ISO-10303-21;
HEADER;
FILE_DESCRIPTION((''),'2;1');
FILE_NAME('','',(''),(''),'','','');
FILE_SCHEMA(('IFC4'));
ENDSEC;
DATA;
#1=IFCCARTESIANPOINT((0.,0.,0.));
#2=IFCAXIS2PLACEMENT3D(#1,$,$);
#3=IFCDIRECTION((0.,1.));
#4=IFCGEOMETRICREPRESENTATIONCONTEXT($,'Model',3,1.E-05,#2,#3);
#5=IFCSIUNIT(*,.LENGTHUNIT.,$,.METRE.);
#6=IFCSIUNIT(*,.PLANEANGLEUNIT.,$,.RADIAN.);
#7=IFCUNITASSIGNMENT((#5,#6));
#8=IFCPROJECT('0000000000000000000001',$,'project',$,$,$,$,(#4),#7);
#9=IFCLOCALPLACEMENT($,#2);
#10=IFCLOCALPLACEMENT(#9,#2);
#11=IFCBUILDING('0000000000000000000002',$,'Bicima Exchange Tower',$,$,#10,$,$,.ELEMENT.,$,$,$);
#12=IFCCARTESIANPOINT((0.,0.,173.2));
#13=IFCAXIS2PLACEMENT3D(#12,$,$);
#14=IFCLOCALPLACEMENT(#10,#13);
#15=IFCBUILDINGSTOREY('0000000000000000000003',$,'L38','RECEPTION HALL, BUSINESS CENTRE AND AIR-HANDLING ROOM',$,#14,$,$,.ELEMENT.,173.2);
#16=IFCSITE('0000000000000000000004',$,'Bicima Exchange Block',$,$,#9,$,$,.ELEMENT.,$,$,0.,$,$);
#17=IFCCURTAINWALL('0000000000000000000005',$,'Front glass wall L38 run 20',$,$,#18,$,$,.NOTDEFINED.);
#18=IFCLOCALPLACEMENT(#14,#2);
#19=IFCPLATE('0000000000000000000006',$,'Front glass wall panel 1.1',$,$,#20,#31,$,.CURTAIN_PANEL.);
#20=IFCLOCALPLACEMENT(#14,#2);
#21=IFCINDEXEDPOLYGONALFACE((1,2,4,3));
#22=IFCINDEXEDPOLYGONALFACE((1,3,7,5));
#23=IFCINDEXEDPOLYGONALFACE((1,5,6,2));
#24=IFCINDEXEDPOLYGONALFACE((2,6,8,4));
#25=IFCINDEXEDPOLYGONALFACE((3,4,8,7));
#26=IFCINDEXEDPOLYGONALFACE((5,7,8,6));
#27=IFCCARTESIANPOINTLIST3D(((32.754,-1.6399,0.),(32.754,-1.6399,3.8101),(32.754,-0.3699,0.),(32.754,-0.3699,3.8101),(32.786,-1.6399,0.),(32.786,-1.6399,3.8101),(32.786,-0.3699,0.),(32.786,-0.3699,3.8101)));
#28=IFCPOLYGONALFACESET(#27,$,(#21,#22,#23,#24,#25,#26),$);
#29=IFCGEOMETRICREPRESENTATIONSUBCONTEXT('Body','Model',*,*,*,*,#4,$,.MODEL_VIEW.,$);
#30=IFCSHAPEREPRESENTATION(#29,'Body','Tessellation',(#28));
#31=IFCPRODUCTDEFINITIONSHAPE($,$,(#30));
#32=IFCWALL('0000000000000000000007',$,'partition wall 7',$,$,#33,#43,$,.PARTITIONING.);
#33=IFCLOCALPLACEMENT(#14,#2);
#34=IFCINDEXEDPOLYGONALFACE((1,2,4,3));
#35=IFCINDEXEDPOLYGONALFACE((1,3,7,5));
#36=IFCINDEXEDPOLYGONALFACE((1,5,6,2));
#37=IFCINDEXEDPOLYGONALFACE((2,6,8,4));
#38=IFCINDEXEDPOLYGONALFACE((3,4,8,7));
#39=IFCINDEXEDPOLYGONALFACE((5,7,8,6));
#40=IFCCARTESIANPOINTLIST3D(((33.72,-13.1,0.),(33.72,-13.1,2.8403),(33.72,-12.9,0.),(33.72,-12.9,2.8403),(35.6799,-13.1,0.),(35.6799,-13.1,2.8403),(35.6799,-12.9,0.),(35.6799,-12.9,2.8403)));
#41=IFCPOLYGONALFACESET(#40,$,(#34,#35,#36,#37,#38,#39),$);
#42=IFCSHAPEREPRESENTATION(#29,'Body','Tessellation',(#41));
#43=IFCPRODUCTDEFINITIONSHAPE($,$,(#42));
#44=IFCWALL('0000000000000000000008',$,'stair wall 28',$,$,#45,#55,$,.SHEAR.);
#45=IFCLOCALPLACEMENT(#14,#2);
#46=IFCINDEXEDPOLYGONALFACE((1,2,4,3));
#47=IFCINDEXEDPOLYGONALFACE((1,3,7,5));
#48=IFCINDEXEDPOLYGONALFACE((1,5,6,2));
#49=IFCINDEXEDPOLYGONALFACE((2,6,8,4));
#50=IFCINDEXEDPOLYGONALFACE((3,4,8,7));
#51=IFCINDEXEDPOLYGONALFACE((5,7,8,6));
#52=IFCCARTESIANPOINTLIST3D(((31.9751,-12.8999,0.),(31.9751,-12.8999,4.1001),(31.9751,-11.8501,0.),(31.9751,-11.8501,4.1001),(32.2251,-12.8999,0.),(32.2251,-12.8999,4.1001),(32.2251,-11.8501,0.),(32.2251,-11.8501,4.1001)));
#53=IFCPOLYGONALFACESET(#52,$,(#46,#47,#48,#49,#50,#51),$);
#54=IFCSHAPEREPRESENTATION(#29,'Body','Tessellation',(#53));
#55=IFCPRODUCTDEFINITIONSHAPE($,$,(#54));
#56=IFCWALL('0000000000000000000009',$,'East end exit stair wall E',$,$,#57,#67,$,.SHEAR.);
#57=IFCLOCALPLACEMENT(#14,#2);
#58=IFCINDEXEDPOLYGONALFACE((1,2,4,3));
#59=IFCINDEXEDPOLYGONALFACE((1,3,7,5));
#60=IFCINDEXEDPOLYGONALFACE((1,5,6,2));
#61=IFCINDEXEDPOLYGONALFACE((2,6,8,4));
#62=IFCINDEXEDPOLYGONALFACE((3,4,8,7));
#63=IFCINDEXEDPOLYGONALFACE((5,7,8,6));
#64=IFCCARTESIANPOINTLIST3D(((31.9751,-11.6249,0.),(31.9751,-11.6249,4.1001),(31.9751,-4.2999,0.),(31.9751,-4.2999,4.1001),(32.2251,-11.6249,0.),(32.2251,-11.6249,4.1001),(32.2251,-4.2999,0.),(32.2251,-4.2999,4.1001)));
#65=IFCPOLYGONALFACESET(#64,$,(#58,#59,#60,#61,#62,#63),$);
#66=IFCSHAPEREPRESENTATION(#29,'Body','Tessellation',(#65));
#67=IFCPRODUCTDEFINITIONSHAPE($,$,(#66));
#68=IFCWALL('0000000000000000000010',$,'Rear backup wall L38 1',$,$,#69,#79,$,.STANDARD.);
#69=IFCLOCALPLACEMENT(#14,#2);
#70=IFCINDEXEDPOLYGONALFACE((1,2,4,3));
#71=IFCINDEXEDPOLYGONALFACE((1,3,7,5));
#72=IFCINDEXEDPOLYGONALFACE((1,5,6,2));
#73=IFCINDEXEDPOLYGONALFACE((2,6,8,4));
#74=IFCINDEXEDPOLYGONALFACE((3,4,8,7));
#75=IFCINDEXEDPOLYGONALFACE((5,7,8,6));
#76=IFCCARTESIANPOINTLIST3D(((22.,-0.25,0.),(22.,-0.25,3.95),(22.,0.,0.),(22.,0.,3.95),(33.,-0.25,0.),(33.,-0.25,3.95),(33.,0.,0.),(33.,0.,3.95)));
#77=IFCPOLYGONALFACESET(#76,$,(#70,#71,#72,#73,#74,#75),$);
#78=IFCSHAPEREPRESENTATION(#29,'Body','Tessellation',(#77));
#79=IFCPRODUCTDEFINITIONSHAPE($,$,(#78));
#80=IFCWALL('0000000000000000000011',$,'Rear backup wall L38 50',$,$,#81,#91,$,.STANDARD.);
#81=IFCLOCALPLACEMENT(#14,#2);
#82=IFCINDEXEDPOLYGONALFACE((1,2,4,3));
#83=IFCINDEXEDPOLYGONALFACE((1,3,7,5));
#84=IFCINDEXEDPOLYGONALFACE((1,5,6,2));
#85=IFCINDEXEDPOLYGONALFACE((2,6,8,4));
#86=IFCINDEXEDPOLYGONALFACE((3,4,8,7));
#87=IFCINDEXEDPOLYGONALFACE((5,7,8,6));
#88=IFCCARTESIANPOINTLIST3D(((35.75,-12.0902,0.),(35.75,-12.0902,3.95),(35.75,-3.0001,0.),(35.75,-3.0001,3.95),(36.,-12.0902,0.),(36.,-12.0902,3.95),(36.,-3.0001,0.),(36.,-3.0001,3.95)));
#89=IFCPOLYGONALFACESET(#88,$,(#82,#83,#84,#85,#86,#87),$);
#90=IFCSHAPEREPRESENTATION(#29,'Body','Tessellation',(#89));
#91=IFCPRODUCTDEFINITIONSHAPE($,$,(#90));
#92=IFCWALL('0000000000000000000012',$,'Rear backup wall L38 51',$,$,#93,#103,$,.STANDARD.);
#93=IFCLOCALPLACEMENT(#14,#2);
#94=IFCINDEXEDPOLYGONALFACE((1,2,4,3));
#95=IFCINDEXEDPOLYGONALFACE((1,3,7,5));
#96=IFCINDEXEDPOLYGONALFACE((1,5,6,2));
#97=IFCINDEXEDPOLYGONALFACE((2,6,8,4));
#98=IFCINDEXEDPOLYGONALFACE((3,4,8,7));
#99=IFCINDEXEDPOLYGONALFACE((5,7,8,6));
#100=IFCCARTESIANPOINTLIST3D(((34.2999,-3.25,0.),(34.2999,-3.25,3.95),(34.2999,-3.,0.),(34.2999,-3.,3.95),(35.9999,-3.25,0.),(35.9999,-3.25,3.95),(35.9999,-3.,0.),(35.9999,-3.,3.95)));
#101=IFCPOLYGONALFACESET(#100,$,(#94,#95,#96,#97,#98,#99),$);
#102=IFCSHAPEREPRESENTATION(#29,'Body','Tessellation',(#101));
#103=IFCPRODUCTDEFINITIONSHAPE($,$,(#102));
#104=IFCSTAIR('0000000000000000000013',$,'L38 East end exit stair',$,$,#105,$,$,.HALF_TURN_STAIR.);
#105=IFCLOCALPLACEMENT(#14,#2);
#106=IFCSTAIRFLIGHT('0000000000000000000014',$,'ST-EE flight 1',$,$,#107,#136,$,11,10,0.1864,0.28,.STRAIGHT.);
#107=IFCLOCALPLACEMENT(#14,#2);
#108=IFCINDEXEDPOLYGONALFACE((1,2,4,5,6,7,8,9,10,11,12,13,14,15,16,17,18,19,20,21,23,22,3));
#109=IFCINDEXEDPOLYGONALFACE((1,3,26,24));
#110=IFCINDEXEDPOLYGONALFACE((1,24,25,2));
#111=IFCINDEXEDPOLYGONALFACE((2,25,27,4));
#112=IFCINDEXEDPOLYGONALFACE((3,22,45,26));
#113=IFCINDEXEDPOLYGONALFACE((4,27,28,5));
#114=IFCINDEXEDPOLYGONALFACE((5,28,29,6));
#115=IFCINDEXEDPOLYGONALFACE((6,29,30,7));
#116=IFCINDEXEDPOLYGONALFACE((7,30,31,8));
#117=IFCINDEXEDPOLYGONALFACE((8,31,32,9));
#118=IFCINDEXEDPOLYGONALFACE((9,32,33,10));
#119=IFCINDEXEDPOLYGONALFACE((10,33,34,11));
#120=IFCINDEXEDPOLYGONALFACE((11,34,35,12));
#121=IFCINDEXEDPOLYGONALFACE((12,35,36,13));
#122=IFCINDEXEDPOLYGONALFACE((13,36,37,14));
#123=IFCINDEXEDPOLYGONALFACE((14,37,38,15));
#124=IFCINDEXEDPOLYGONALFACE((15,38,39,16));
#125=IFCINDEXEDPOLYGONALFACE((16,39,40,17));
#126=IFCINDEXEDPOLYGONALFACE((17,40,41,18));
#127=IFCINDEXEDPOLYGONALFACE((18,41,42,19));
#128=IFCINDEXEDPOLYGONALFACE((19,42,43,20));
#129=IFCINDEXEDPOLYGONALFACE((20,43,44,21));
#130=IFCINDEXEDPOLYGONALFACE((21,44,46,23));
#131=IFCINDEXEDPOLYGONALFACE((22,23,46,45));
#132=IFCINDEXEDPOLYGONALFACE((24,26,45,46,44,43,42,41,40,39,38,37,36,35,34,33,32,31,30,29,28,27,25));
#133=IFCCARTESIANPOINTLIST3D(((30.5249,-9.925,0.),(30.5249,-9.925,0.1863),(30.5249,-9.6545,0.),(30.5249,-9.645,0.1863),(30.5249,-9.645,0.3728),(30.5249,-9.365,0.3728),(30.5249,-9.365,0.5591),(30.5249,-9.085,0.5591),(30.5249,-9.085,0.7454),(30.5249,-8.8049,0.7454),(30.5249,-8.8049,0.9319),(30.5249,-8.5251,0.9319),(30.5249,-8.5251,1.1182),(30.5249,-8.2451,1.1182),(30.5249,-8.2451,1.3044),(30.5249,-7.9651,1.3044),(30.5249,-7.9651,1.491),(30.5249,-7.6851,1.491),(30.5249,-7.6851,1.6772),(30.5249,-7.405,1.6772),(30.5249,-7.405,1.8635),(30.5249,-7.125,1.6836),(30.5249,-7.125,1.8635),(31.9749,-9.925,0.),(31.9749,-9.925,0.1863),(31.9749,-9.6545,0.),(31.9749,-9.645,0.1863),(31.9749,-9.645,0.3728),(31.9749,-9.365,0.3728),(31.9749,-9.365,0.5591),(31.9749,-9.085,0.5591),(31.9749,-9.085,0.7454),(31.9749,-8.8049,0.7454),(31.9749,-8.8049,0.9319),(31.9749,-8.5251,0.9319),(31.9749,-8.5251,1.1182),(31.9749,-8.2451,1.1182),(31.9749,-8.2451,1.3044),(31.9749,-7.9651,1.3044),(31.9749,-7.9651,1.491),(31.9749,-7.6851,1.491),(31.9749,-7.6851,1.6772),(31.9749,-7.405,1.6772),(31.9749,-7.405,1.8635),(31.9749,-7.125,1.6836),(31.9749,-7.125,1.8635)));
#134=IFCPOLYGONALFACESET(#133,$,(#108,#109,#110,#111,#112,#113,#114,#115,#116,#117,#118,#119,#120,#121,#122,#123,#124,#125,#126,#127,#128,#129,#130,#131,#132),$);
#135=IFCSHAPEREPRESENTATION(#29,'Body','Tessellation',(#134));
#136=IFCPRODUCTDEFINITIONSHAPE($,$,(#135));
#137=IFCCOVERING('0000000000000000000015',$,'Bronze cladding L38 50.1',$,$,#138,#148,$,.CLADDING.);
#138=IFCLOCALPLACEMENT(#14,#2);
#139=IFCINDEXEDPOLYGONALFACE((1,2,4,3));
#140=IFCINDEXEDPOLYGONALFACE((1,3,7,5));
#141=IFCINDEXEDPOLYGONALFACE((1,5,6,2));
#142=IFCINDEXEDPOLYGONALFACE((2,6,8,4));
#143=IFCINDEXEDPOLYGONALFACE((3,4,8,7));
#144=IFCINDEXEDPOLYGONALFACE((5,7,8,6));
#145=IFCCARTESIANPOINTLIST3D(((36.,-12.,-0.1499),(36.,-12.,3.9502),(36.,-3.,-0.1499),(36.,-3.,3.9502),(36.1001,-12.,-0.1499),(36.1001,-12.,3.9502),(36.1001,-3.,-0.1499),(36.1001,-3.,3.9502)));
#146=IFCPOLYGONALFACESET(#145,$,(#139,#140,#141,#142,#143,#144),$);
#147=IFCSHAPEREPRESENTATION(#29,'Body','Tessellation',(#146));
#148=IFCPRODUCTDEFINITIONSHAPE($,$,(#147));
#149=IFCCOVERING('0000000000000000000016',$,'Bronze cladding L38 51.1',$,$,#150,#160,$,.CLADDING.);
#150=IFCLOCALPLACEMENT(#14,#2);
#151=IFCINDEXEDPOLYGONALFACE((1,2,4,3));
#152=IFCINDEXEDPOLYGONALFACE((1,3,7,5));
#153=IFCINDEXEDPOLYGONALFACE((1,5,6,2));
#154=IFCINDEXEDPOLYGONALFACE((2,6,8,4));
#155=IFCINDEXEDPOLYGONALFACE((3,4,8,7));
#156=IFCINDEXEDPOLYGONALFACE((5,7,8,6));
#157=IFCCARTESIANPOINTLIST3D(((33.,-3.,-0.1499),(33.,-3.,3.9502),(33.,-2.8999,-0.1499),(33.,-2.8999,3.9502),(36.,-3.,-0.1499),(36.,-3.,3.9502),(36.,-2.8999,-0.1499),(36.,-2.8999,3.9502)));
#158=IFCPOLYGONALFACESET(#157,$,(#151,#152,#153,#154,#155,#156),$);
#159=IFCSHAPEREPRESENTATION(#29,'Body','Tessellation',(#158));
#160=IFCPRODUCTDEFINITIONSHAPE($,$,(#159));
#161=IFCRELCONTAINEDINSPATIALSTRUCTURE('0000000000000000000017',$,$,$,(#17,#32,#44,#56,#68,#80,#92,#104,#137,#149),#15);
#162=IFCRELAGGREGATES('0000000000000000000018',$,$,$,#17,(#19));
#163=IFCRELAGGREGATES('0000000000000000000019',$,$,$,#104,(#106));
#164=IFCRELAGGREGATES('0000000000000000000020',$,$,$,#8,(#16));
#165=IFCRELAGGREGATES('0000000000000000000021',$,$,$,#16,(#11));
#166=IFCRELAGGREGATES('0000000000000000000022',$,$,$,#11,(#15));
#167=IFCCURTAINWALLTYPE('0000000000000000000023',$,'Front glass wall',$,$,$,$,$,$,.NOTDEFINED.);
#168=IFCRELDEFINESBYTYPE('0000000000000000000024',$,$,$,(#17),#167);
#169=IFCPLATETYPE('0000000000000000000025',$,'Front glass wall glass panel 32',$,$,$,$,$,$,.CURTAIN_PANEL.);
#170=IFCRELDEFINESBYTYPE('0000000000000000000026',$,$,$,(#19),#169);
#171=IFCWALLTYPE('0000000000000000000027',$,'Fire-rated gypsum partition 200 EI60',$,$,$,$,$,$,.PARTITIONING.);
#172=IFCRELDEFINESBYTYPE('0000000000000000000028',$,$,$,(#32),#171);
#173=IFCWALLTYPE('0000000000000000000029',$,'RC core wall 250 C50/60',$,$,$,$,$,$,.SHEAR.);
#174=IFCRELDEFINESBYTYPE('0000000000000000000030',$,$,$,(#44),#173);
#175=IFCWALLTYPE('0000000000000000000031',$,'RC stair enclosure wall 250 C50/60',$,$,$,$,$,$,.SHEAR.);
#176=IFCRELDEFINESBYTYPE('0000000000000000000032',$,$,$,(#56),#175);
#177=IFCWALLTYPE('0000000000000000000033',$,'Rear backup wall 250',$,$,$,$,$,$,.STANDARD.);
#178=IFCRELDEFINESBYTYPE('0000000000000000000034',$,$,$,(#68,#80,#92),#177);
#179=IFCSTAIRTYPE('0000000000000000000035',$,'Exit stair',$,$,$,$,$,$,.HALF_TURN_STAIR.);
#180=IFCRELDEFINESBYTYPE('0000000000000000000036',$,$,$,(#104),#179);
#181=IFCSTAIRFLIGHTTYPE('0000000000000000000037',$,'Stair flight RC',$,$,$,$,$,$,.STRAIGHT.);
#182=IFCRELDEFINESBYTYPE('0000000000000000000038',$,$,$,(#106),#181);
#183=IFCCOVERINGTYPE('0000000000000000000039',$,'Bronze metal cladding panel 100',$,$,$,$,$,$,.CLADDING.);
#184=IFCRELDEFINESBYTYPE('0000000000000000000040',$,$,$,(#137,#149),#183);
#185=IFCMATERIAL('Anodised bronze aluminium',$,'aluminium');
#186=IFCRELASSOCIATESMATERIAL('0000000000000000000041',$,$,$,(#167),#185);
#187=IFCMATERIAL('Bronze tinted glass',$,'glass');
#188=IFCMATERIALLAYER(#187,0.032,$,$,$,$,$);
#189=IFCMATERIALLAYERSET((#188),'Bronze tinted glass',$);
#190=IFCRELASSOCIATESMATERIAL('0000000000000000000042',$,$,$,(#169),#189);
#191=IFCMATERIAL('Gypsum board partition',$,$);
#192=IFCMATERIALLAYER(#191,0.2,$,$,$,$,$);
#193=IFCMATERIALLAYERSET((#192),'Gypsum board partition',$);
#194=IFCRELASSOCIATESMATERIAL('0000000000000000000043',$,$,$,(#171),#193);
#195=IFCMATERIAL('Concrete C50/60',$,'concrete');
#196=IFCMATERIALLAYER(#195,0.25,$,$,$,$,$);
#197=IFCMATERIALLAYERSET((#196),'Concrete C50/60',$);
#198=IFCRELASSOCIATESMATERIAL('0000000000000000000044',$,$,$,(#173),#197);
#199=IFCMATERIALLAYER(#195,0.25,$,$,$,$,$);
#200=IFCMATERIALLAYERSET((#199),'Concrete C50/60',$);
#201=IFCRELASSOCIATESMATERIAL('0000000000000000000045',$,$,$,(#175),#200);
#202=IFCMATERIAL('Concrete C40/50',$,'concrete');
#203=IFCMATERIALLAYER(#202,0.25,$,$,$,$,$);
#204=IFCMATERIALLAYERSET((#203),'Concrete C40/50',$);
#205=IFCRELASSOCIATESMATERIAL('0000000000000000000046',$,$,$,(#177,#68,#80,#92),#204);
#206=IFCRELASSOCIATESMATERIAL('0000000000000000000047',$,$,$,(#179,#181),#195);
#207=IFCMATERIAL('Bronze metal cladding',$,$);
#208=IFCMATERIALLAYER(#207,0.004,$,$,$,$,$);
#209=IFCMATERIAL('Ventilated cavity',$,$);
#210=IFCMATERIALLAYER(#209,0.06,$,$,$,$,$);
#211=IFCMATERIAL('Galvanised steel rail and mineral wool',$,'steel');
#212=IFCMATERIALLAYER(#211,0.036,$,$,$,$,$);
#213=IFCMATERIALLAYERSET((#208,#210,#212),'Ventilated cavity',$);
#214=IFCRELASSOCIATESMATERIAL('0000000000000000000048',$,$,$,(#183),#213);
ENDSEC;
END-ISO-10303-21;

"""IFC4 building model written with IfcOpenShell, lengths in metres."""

from ifc_helpers import new_model, si_unit, direction, frame, frame_2d, origin, origin_2d, place, context, subcontext, project, spatial, polyline, rectangle, outline, extrude, material, layer, layer_set, layer_usage, type_object, element, aggregate, save


model = new_model("IFC4")

# Units and contexts
model_context = context("Model", 3, precision=1e-05, world=origin(), true_north=direction((0.0, 1.0)))
body_context = subcontext(model_context, "Body", "Model", "MODEL_VIEW")
ifc_project = project(units=[si_unit("LENGTHUNIT", "METRE"), si_unit("PLANEANGLEUNIT", "RADIAN")], contexts=[model_context])

# Site, building, storey
site_placement = place(None, origin())
site = spatial("IfcSite", under=ifc_project, at=site_placement, Name="Bicima Exchange Block", CompositionType="ELEMENT", RefElevation=0.0)
building_placement = place(site_placement, origin())
building = spatial("IfcBuilding", under=site, at=building_placement, Name="Bicima Exchange Tower", CompositionType="ELEMENT")
storey_placement = place(building_placement, frame((0.0, 0.0, 173.2)))
storey = spatial("IfcBuildingStorey", under=building, at=storey_placement, Name="L38", Description="RECEPTION HALL, BUSINESS CENTRE AND AIR-HANDLING ROOM", CompositionType="ELEMENT", Elevation=173.2)

# Shared definitions
ifc_material_1 = material(Name="Anodised bronze aluminium", Category="aluminium")

# Curtain wall
curtain_wall_type_1 = type_object("IfcCurtainWallType", Name="Front glass wall", PredefinedType="NOTDEFINED", material=ifc_material_1)
curtain_wall_1_placement = place(storey_placement, origin())
curtain_wall_1 = element("IfcCurtainWall", 1, at=curtain_wall_1_placement, inside=storey, type_object=curtain_wall_type_1, Name="Front glass wall L38 run 20", PredefinedType="NOTDEFINED")

# Plate
ifc_material_2 = material(Name="Bronze tinted glass", Category="glass")
ifc_layer_1 = layer(ifc_material_2, 0.032)
ifc_layer_set_1 = layer_set([ifc_layer_1], Name="Bronze tinted glass")
plate_type = type_object("IfcPlateType", Name="Front glass wall glass panel 32", PredefinedType="CURTAIN_PANEL", material=ifc_layer_set_1)
plate_placement = place(storey_placement, frame((32.77, -1.0049, 0.0), z_axis=(0.0, 0.0, 1.0), x_axis=(0.0, 1.0, 0.0)))
plate = element("IfcPlate", 2, at=plate_placement, type_object=plate_type, Name="Front glass wall panel 1.1", PredefinedType="CURTAIN_PANEL", context=body_context, shape_type="SweptSolid", body=[
    extrude(rectangle(XDim=1.27, YDim=0.032, at=origin_2d()), origin(), (0.0, 0.0, 1.0), 3.8101),
])
aggregate(curtain_wall_1, [plate])

# Walls
ifc_material_3 = material(Name="Gypsum board partition")
ifc_layer_2 = layer(ifc_material_3, 0.2)
ifc_layer_set_2 = layer_set([ifc_layer_2], Name="Gypsum board partition")
wall_type_1 = type_object("IfcWallType", Name="Fire-rated gypsum partition 200 EI60", PredefinedType="PARTITIONING", material=ifc_layer_set_2)
wall_1_placement = place(storey_placement, frame((33.72, -13.0, 0.0), z_axis=(0.0, 0.0, 1.0), x_axis=(1.0, 0.0, 0.0)))
element("IfcWall", 3, at=wall_1_placement, inside=storey, type_object=wall_type_1, Name="partition wall 7", PredefinedType="PARTITIONING", context=body_context, shape_type="SweptSolid", body=[
    extrude(rectangle(XDim=1.96, YDim=0.2, at=frame_2d((0.98, 0.0))), origin(), (0.0, 0.0, 1.0), 2.8403),
])
ifc_material_4 = material(Name="Concrete C50/60", Category="concrete")
ifc_layer_3 = layer(ifc_material_4, 0.25)
ifc_layer_set_3 = layer_set([ifc_layer_3], Name="Concrete C50/60")
wall_type_2 = type_object("IfcWallType", Name="RC core wall 250 C50/60", PredefinedType="SHEAR", material=ifc_layer_set_3)
wall_2_placement = place(storey_placement, frame((32.1001, -12.8999, 0.0), z_axis=(0.0, 0.0, 1.0), x_axis=(0.0, 1.0, 0.0)))
element("IfcWall", 4, at=wall_2_placement, inside=storey, type_object=wall_type_2, Name="stair wall 28", PredefinedType="SHEAR", context=body_context, shape_type="SweptSolid", body=[
    extrude(rectangle(XDim=1.0498, YDim=0.25, at=frame_2d((0.5249, 0.0))), origin(), (0.0, 0.0, 1.0), 4.1001),
])
ifc_layer_4 = layer(ifc_material_4, 0.25)
ifc_layer_set_4 = layer_set([ifc_layer_4], Name="Concrete C50/60")
wall_type_3 = type_object("IfcWallType", Name="RC stair enclosure wall 250 C50/60", PredefinedType="SHEAR", material=ifc_layer_set_4)
wall_3_placement = place(storey_placement, frame((32.1001, -11.625, 0.0), z_axis=(0.0, 0.0, 1.0), x_axis=(0.0, 1.0, 0.0)))
element("IfcWall", 5, at=wall_3_placement, inside=storey, type_object=wall_type_3, Name="East end exit stair wall E", PredefinedType="SHEAR", context=body_context, shape_type="SweptSolid", body=[
    extrude(rectangle(XDim=7.325, YDim=0.25, at=frame_2d((3.6626, 0.0))), origin(), (0.0, 0.0, 1.0), 4.1001),
])
ifc_material_5 = material(Name="Concrete C40/50", Category="concrete")
ifc_layer_5 = layer(ifc_material_5, 0.25)
ifc_layer_set_5 = layer_set([ifc_layer_5], Name="Concrete C40/50")
ifc_layer_usage = layer_usage(ifc_layer_set_5, "AXIS2", "POSITIVE", -0.125)
wall_type_4 = type_object("IfcWallType", Name="Rear backup wall 250", PredefinedType="STANDARD", material=ifc_layer_set_5)
wall_4_placement = place(storey_placement, frame((33.0, -0.125, 0.0), z_axis=(0.0, 0.0, 1.0), x_axis=(-1.0, 0.0, 0.0)))
element("IfcWall", 6, at=wall_4_placement, inside=storey, type_object=wall_type_4, material=ifc_layer_usage, Name="Rear backup wall L38 1", PredefinedType="STANDARD", context=body_context, shape_type="SweptSolid", body=[
    extrude(rectangle(XDim=11.0, YDim=0.25, at=frame_2d((5.5, 0.0))), origin(), (0.0, 0.0, 1.0), 3.95),
])
wall_5_placement = place(storey_placement, frame((35.875, -12.0901, 0.0), z_axis=(0.0, 0.0, 1.0), x_axis=(0.0, 1.0, 0.0)))
element("IfcWall", 7, at=wall_5_placement, inside=storey, type_object=wall_type_4, material=ifc_layer_usage, Name="Rear backup wall L38 50", PredefinedType="STANDARD", context=body_context, shape_type="SweptSolid", body=[
    extrude(rectangle(XDim=9.0901, YDim=0.25, at=frame_2d((4.5449, 0.0))), origin(), (0.0, 0.0, 1.0), 3.95),
])
wall_6_placement = place(storey_placement, frame((36.0, -3.125, 0.0), z_axis=(0.0, 0.0, 1.0), x_axis=(-1.0, 0.0, 0.0)))
element("IfcWall", 8, at=wall_6_placement, inside=storey, type_object=wall_type_4, material=ifc_layer_usage, Name="Rear backup wall L38 51", PredefinedType="STANDARD", context=body_context, shape_type="SweptSolid", body=[
    extrude(rectangle(XDim=1.7, YDim=0.25, at=frame_2d((0.8501, 0.0))), origin(), (0.0, 0.0, 1.0), 3.95),
])

# Stair, stair flight
stair_type = type_object("IfcStairType", Name="Exit stair", PredefinedType="HALF_TURN_STAIR", material=ifc_material_4)
stair_placement = place(storey_placement, origin())
stair = element("IfcStair", 9, at=stair_placement, inside=storey, type_object=stair_type, Name="L38 East end exit stair", PredefinedType="HALF_TURN_STAIR")
stair_flight_type = type_object("IfcStairFlightType", Name="Stair flight RC", PredefinedType="STRAIGHT", material=ifc_material_4)
stair_flight_placement = place(storey_placement, frame((31.25, -9.925, 0.0), z_axis=(0.0, 0.0, 1.0), x_axis=(0.0, 1.0, 0.0)))
stair_flight = element("IfcStairFlight", 10, at=stair_flight_placement, type_object=stair_flight_type, Name="ST-EE flight 1", NumberOfRisers=11, NumberOfTreads=10, PredefinedType="STRAIGHT", RiserHeight=0.1864, TreadLength=0.28, context=body_context, shape_type="SweptSolid", body=[
    extrude(outline(polyline([(0.0, 0.0), (0.0, 0.1863), (0.28, 0.1863), (0.28, 0.3728), (0.5601, 0.3728), (0.5601, 0.5591), (0.8401, 0.5591), (0.8401, 0.7454), (1.1201, 0.7454), (1.1201, 0.9319), (1.3999, 0.9319), (1.3999, 1.1182), (1.6799, 1.1182), (1.6799, 1.3044), (1.96, 1.3044), (1.96, 1.491), (2.24, 1.491), (2.24, 1.6772), (2.52, 1.6772), (2.52, 1.8635), (2.8, 1.8635), (2.8, 2.05), (2.8, 1.6836), (0.2705, 0.0), (0.0, 0.0)])), frame((0.0, 0.7251, 0.0), z_axis=(0.0, -1.0, 0.0), x_axis=(1.0, 0.0, 0.0)), (0.0, 0.0, 1.0), 1.45),
])
aggregate(stair, [stair_flight])

# Coverings
ifc_material_6 = material(Name="Bronze metal cladding")
ifc_layer_6 = layer(ifc_material_6, 0.004)
ifc_material_7 = material(Name="Ventilated cavity")
ifc_layer_7 = layer(ifc_material_7, 0.06)
ifc_material_8 = material(Name="Galvanised steel rail and mineral wool", Category="steel")
ifc_layer_8 = layer(ifc_material_8, 0.036)
ifc_layer_set_6 = layer_set([ifc_layer_6, ifc_layer_7, ifc_layer_8], Name="Ventilated cavity")
covering_type = type_object("IfcCoveringType", Name="Bronze metal cladding panel 100", PredefinedType="CLADDING", material=ifc_layer_set_6)
covering_1_placement = place(storey_placement, frame((36.05, -7.5, -0.1499), z_axis=(0.0, 0.0, 1.0), x_axis=(0.0, 1.0, 0.0)))
element("IfcCovering", 11, at=covering_1_placement, inside=storey, type_object=covering_type, Name="Bronze cladding L38 50.1", PredefinedType="CLADDING", context=body_context, shape_type="SweptSolid", body=[
    extrude(rectangle(XDim=9.0, YDim=0.1001, at=origin_2d()), origin(), (0.0, 0.0, 1.0), 4.1001),
])
covering_2_placement = place(storey_placement, frame((34.5, -2.95, -0.1499), z_axis=(0.0, 0.0, 1.0), x_axis=(-1.0, 0.0, 0.0)))
element("IfcCovering", 12, at=covering_2_placement, inside=storey, type_object=covering_type, Name="Bronze cladding L38 51.1", PredefinedType="CLADDING", context=body_context, shape_type="SweptSolid", body=[
    extrude(rectangle(XDim=3.0, YDim=0.1001, at=origin_2d()), origin(), (0.0, 0.0, 1.0), 4.1001),
])

save(model, "model.ifc")
